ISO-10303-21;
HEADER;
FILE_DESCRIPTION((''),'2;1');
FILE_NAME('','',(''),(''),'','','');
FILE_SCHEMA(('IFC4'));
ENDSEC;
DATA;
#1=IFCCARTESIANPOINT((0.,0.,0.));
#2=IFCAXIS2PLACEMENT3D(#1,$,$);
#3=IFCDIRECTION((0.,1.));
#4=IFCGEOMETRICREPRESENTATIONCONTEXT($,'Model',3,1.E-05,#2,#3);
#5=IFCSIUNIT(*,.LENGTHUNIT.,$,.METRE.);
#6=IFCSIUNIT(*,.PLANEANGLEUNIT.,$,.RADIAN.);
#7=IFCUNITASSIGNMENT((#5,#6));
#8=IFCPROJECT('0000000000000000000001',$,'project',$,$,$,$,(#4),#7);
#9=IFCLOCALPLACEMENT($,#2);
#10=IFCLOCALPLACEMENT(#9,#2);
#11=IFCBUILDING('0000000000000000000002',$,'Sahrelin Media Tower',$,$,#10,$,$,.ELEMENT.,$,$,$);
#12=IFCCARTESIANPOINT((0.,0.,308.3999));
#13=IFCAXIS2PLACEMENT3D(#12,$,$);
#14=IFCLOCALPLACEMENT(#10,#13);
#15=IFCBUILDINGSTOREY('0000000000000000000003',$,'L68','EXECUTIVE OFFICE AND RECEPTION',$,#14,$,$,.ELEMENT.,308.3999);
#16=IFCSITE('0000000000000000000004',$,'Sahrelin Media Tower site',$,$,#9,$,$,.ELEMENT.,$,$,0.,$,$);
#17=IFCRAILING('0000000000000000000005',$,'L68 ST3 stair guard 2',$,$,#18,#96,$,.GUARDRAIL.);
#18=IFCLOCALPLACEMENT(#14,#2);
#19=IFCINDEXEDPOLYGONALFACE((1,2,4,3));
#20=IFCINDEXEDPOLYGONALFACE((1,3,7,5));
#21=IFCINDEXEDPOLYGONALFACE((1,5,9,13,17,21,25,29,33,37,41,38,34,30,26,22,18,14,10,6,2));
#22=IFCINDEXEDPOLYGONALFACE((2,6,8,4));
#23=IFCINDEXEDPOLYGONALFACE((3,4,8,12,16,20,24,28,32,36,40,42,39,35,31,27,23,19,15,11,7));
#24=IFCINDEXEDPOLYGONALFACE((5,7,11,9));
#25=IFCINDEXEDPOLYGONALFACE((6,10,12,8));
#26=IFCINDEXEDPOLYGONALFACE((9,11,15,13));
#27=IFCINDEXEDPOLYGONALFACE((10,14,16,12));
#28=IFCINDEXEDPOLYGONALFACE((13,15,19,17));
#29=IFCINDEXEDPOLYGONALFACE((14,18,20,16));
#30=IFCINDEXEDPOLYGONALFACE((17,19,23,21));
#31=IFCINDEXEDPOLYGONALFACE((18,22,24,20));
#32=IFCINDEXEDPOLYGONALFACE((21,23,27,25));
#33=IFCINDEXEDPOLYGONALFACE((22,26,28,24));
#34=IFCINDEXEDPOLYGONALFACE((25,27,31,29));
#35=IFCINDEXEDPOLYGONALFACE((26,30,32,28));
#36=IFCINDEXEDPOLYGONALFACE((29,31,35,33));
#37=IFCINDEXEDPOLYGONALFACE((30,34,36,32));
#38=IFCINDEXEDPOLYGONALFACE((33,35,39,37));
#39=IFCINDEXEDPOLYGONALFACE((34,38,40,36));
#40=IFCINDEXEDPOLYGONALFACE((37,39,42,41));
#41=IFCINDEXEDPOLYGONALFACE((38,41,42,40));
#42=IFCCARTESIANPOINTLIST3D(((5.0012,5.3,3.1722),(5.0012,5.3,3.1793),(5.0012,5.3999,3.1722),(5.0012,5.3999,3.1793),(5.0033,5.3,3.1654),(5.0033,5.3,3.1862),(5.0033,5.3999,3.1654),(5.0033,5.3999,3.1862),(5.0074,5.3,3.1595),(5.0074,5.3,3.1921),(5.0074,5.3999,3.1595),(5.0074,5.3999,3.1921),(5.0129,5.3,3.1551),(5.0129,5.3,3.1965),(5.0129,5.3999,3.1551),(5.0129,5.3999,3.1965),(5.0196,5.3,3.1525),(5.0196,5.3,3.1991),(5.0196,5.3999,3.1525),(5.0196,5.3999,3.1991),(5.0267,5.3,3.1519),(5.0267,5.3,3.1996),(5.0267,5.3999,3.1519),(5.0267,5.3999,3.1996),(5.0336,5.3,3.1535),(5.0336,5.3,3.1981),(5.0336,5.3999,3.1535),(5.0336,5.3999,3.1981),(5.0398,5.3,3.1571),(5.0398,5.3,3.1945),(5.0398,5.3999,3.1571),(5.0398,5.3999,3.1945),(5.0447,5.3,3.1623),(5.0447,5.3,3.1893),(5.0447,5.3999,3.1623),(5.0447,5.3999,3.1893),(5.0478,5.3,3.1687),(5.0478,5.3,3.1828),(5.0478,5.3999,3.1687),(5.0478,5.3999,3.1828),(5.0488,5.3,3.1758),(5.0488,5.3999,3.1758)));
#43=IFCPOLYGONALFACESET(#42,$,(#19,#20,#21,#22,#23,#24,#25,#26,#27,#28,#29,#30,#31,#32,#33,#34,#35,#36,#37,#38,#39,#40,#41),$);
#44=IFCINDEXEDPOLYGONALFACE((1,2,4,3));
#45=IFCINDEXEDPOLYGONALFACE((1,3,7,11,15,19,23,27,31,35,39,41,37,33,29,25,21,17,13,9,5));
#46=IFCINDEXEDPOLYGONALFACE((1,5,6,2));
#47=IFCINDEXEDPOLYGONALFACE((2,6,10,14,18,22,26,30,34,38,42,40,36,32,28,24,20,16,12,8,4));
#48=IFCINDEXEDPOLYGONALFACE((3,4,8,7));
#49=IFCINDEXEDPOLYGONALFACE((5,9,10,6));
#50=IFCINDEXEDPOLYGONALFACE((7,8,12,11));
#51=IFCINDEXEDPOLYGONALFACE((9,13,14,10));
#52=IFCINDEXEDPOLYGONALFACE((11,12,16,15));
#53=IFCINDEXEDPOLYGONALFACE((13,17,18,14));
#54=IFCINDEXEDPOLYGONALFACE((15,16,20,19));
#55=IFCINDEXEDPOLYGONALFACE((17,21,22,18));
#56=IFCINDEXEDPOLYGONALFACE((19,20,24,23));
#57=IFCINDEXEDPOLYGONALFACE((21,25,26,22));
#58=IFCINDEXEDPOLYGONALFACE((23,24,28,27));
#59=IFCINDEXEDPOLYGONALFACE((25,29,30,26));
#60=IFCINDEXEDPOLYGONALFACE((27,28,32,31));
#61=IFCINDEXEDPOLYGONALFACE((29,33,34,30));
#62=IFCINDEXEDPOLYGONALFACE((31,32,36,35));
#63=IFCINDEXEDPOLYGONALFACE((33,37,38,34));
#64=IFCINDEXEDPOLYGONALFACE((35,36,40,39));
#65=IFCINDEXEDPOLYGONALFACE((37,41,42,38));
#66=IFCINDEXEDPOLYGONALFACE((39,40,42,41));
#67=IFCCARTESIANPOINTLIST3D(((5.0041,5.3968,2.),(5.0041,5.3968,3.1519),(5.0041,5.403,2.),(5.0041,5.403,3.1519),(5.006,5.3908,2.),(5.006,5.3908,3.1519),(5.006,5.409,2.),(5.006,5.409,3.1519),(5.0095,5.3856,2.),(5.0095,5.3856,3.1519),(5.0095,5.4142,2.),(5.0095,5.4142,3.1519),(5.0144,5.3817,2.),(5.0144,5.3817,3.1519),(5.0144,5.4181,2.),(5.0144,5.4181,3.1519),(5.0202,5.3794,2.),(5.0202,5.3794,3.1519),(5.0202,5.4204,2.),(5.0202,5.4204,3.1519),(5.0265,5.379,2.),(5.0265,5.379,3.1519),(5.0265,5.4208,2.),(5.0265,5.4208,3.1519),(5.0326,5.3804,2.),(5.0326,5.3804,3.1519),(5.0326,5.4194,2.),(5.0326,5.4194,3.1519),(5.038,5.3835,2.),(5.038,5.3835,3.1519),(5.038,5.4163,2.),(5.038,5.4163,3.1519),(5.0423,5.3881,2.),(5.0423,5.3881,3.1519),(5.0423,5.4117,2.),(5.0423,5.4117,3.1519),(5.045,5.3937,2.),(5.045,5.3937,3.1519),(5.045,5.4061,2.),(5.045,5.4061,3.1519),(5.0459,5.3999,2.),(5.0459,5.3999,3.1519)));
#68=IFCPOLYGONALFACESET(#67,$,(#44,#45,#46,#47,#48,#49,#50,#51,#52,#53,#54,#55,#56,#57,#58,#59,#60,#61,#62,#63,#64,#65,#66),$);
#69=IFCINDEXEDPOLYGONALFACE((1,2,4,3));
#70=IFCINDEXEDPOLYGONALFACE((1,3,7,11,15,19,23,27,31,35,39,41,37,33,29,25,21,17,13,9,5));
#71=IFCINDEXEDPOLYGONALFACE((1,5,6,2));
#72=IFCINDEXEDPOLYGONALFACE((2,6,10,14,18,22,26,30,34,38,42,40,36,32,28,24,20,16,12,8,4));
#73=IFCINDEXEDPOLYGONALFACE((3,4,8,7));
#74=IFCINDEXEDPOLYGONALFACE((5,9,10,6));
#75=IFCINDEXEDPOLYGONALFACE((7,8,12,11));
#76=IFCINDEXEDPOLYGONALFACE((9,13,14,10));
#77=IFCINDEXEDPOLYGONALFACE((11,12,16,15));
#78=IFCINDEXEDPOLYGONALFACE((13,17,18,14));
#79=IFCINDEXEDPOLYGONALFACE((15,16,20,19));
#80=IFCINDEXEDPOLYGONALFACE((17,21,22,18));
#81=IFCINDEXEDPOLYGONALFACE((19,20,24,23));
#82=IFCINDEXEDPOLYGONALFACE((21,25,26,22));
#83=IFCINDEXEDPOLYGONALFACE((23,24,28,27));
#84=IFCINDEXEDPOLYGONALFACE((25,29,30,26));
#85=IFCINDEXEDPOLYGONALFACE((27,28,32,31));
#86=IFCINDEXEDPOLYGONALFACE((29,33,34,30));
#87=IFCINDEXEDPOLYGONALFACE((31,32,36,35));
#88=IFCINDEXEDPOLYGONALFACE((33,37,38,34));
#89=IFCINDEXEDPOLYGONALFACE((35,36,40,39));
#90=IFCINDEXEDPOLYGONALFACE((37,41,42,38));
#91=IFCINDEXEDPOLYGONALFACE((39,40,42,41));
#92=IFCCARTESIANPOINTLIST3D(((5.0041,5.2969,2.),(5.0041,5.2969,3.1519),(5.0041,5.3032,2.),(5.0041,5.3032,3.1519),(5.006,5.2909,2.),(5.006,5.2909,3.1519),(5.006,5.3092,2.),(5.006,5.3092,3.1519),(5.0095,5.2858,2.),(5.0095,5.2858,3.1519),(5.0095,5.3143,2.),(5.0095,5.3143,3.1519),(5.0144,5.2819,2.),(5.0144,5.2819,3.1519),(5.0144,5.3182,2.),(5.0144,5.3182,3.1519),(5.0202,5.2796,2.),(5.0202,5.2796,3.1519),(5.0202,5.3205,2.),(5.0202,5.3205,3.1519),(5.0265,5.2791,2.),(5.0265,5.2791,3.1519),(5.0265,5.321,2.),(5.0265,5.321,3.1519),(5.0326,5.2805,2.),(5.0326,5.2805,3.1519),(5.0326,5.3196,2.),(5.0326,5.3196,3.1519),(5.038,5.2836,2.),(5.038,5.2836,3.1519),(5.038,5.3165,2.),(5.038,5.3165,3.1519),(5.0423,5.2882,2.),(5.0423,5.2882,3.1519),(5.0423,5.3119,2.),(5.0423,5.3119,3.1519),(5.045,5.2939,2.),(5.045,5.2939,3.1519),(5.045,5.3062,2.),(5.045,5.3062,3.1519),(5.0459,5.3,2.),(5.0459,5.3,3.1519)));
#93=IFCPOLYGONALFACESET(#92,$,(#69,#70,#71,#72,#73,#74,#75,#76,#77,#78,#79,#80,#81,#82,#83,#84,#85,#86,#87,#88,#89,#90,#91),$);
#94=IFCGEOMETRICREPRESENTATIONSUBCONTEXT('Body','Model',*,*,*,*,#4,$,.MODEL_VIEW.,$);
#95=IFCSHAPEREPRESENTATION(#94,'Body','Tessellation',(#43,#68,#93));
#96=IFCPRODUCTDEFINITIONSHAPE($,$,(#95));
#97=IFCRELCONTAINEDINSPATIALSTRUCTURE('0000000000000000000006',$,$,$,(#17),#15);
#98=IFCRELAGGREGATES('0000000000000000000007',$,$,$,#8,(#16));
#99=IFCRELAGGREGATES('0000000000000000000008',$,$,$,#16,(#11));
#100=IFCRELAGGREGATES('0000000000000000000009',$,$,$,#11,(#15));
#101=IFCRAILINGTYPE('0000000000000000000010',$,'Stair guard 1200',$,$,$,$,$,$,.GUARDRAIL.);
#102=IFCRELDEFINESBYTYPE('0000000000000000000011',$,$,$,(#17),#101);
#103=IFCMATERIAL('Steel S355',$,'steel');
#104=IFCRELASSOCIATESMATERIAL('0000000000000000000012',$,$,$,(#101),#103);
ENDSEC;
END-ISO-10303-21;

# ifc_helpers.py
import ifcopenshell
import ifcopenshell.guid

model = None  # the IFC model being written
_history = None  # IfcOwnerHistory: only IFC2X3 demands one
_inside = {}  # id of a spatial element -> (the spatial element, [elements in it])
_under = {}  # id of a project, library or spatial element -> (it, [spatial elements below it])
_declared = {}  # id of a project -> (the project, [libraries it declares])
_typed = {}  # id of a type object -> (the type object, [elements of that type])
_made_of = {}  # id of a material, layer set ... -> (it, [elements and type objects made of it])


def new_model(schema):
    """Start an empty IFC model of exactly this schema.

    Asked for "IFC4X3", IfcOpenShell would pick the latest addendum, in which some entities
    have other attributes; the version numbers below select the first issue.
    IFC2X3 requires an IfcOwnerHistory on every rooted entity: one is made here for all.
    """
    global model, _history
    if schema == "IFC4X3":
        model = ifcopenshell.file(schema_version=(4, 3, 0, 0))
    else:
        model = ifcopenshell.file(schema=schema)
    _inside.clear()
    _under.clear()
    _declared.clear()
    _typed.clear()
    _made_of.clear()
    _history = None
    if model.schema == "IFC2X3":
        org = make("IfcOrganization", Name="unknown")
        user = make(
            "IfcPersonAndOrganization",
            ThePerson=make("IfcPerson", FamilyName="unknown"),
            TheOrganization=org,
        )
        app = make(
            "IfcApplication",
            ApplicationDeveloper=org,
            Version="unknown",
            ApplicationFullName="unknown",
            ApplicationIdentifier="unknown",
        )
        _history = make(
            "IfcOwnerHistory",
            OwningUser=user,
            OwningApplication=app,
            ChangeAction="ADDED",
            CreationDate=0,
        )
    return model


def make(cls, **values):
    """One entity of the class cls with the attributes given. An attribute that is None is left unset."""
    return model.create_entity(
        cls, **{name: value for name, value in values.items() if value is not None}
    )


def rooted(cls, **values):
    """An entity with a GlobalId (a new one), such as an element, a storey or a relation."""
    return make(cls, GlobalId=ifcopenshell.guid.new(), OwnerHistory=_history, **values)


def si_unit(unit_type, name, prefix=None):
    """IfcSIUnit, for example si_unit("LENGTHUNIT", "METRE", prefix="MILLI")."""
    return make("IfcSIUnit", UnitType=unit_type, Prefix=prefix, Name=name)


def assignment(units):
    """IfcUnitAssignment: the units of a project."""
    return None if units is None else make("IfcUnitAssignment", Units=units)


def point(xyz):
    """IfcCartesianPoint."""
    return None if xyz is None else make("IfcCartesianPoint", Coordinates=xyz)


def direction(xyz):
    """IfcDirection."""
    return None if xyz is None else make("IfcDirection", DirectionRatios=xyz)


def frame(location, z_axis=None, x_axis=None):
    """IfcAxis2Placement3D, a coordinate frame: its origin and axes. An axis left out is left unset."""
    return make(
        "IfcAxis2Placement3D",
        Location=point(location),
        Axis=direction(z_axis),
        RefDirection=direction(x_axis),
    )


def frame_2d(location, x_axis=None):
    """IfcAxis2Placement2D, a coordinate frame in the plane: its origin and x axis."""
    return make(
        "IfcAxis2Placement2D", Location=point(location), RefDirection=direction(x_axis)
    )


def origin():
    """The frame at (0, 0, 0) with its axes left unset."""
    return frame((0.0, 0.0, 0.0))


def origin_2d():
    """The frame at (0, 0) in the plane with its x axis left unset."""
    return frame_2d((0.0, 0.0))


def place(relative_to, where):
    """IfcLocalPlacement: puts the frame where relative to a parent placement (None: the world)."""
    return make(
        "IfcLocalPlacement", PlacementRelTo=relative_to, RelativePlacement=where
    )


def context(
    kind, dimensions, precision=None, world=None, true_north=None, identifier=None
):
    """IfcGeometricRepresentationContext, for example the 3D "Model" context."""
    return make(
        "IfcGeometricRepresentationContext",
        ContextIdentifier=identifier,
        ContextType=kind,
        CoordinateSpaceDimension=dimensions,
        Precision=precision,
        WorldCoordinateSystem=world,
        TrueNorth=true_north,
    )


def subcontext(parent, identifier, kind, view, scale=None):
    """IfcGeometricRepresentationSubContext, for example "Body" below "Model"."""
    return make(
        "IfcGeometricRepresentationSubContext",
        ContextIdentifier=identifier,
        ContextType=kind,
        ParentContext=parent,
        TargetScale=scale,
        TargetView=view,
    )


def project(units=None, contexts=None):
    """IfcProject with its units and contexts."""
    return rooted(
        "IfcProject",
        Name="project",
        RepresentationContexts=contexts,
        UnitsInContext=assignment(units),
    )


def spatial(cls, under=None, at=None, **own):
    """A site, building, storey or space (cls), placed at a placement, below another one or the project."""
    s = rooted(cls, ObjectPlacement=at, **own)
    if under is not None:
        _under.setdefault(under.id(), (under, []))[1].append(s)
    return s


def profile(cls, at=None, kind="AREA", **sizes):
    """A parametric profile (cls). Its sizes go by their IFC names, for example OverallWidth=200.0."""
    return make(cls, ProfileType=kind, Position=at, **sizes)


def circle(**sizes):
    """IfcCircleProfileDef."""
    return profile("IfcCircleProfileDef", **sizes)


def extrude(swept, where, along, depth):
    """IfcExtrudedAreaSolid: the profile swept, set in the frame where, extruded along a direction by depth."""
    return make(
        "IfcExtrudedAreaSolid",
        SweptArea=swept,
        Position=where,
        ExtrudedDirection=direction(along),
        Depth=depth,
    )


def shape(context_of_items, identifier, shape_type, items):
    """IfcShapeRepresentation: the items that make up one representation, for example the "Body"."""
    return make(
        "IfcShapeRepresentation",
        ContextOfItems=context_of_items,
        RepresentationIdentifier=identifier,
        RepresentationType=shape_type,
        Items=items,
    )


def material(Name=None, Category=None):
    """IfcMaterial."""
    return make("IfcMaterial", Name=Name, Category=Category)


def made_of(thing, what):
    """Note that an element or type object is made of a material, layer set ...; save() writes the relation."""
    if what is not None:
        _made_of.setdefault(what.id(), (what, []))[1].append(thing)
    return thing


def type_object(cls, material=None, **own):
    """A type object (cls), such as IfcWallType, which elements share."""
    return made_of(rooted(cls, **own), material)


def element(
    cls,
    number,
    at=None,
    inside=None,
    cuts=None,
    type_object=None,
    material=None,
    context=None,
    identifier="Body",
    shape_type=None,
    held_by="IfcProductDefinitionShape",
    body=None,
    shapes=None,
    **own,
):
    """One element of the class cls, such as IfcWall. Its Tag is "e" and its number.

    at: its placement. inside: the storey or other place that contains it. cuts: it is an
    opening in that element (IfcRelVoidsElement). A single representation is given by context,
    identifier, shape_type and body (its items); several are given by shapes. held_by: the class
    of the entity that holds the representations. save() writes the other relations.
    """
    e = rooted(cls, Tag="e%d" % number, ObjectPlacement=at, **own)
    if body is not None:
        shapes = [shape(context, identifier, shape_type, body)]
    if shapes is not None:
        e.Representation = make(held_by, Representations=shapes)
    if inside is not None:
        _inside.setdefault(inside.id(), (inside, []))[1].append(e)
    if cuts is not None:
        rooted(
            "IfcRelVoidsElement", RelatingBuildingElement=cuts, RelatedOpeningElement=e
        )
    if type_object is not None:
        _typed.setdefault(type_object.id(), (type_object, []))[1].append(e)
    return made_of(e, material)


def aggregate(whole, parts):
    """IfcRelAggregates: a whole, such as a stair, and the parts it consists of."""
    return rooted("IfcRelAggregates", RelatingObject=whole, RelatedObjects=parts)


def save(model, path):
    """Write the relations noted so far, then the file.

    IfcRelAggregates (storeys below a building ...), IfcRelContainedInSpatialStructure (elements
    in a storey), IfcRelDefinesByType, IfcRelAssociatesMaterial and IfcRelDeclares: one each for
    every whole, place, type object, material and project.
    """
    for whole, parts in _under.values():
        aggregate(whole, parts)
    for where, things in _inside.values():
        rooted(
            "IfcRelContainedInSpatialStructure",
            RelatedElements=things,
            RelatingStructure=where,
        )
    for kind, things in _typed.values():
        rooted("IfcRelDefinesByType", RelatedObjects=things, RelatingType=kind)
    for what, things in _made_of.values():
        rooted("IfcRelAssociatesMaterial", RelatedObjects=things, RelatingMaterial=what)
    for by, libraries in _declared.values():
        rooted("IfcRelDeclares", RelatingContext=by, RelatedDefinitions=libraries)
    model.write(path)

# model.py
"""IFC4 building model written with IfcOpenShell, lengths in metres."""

from ifc_helpers import new_model, si_unit, direction, frame, origin, origin_2d, place, context, subcontext, project, spatial, circle, extrude, material, type_object, element, save


model = new_model("IFC4")

# Units and contexts
model_context = context("Model", 3, precision=1e-05, world=origin(), true_north=direction((0.0, 1.0)))
body_context = subcontext(model_context, "Body", "Model", "MODEL_VIEW")
ifc_project = project(units=[si_unit("LENGTHUNIT", "METRE"), si_unit("PLANEANGLEUNIT", "RADIAN")], contexts=[model_context])

# Site, building, storey
site_placement = place(None, origin())
site = spatial("IfcSite", under=ifc_project, at=site_placement, Name="Sahrelin Media Tower site", CompositionType="ELEMENT", RefElevation=0.0)
building_placement = place(site_placement, origin())
building = spatial("IfcBuilding", under=site, at=building_placement, Name="Sahrelin Media Tower", CompositionType="ELEMENT")
storey_placement = place(building_placement, frame((0.0, 0.0, 308.3999)))
storey = spatial("IfcBuildingStorey", under=building, at=storey_placement, Name="L68", Description="EXECUTIVE OFFICE AND RECEPTION", CompositionType="ELEMENT", Elevation=308.3999)

# Shared definitions
ifc_material_1 = material(Name="Steel S355", Category="steel")

# Railing
railing_type_1 = type_object("IfcRailingType", Name="Stair guard 1200", PredefinedType="GUARDRAIL", material=ifc_material_1)
railing_1_placement = place(storey_placement, frame((5.0249, 5.3999, 2.0)))
element("IfcRailing", 1, at=railing_1_placement, inside=storey, type_object=railing_type_1, Name="L68 ST3 stair guard 2", PredefinedType="GUARDRAIL", context=body_context, shape_type="SweptSolid", body=[
    extrude(circle(Radius=0.0239, at=origin_2d()), frame((0.0, 0.0, 1.1758), z_axis=(0.0, -1.0, 0.0), x_axis=(1.0, 0.0, 0.0)), (0.0, 0.0, 1.0), 0.0999),
    extrude(circle(Radius=0.021, at=origin_2d()), origin(), (0.0, 0.0, 1.0), 1.1519),
    extrude(circle(Radius=0.021, at=origin_2d()), frame((0.0, -0.0999, 0.0)), (0.0, 0.0, 1.0), 1.1519),
])

save(model, "model.ifc")
